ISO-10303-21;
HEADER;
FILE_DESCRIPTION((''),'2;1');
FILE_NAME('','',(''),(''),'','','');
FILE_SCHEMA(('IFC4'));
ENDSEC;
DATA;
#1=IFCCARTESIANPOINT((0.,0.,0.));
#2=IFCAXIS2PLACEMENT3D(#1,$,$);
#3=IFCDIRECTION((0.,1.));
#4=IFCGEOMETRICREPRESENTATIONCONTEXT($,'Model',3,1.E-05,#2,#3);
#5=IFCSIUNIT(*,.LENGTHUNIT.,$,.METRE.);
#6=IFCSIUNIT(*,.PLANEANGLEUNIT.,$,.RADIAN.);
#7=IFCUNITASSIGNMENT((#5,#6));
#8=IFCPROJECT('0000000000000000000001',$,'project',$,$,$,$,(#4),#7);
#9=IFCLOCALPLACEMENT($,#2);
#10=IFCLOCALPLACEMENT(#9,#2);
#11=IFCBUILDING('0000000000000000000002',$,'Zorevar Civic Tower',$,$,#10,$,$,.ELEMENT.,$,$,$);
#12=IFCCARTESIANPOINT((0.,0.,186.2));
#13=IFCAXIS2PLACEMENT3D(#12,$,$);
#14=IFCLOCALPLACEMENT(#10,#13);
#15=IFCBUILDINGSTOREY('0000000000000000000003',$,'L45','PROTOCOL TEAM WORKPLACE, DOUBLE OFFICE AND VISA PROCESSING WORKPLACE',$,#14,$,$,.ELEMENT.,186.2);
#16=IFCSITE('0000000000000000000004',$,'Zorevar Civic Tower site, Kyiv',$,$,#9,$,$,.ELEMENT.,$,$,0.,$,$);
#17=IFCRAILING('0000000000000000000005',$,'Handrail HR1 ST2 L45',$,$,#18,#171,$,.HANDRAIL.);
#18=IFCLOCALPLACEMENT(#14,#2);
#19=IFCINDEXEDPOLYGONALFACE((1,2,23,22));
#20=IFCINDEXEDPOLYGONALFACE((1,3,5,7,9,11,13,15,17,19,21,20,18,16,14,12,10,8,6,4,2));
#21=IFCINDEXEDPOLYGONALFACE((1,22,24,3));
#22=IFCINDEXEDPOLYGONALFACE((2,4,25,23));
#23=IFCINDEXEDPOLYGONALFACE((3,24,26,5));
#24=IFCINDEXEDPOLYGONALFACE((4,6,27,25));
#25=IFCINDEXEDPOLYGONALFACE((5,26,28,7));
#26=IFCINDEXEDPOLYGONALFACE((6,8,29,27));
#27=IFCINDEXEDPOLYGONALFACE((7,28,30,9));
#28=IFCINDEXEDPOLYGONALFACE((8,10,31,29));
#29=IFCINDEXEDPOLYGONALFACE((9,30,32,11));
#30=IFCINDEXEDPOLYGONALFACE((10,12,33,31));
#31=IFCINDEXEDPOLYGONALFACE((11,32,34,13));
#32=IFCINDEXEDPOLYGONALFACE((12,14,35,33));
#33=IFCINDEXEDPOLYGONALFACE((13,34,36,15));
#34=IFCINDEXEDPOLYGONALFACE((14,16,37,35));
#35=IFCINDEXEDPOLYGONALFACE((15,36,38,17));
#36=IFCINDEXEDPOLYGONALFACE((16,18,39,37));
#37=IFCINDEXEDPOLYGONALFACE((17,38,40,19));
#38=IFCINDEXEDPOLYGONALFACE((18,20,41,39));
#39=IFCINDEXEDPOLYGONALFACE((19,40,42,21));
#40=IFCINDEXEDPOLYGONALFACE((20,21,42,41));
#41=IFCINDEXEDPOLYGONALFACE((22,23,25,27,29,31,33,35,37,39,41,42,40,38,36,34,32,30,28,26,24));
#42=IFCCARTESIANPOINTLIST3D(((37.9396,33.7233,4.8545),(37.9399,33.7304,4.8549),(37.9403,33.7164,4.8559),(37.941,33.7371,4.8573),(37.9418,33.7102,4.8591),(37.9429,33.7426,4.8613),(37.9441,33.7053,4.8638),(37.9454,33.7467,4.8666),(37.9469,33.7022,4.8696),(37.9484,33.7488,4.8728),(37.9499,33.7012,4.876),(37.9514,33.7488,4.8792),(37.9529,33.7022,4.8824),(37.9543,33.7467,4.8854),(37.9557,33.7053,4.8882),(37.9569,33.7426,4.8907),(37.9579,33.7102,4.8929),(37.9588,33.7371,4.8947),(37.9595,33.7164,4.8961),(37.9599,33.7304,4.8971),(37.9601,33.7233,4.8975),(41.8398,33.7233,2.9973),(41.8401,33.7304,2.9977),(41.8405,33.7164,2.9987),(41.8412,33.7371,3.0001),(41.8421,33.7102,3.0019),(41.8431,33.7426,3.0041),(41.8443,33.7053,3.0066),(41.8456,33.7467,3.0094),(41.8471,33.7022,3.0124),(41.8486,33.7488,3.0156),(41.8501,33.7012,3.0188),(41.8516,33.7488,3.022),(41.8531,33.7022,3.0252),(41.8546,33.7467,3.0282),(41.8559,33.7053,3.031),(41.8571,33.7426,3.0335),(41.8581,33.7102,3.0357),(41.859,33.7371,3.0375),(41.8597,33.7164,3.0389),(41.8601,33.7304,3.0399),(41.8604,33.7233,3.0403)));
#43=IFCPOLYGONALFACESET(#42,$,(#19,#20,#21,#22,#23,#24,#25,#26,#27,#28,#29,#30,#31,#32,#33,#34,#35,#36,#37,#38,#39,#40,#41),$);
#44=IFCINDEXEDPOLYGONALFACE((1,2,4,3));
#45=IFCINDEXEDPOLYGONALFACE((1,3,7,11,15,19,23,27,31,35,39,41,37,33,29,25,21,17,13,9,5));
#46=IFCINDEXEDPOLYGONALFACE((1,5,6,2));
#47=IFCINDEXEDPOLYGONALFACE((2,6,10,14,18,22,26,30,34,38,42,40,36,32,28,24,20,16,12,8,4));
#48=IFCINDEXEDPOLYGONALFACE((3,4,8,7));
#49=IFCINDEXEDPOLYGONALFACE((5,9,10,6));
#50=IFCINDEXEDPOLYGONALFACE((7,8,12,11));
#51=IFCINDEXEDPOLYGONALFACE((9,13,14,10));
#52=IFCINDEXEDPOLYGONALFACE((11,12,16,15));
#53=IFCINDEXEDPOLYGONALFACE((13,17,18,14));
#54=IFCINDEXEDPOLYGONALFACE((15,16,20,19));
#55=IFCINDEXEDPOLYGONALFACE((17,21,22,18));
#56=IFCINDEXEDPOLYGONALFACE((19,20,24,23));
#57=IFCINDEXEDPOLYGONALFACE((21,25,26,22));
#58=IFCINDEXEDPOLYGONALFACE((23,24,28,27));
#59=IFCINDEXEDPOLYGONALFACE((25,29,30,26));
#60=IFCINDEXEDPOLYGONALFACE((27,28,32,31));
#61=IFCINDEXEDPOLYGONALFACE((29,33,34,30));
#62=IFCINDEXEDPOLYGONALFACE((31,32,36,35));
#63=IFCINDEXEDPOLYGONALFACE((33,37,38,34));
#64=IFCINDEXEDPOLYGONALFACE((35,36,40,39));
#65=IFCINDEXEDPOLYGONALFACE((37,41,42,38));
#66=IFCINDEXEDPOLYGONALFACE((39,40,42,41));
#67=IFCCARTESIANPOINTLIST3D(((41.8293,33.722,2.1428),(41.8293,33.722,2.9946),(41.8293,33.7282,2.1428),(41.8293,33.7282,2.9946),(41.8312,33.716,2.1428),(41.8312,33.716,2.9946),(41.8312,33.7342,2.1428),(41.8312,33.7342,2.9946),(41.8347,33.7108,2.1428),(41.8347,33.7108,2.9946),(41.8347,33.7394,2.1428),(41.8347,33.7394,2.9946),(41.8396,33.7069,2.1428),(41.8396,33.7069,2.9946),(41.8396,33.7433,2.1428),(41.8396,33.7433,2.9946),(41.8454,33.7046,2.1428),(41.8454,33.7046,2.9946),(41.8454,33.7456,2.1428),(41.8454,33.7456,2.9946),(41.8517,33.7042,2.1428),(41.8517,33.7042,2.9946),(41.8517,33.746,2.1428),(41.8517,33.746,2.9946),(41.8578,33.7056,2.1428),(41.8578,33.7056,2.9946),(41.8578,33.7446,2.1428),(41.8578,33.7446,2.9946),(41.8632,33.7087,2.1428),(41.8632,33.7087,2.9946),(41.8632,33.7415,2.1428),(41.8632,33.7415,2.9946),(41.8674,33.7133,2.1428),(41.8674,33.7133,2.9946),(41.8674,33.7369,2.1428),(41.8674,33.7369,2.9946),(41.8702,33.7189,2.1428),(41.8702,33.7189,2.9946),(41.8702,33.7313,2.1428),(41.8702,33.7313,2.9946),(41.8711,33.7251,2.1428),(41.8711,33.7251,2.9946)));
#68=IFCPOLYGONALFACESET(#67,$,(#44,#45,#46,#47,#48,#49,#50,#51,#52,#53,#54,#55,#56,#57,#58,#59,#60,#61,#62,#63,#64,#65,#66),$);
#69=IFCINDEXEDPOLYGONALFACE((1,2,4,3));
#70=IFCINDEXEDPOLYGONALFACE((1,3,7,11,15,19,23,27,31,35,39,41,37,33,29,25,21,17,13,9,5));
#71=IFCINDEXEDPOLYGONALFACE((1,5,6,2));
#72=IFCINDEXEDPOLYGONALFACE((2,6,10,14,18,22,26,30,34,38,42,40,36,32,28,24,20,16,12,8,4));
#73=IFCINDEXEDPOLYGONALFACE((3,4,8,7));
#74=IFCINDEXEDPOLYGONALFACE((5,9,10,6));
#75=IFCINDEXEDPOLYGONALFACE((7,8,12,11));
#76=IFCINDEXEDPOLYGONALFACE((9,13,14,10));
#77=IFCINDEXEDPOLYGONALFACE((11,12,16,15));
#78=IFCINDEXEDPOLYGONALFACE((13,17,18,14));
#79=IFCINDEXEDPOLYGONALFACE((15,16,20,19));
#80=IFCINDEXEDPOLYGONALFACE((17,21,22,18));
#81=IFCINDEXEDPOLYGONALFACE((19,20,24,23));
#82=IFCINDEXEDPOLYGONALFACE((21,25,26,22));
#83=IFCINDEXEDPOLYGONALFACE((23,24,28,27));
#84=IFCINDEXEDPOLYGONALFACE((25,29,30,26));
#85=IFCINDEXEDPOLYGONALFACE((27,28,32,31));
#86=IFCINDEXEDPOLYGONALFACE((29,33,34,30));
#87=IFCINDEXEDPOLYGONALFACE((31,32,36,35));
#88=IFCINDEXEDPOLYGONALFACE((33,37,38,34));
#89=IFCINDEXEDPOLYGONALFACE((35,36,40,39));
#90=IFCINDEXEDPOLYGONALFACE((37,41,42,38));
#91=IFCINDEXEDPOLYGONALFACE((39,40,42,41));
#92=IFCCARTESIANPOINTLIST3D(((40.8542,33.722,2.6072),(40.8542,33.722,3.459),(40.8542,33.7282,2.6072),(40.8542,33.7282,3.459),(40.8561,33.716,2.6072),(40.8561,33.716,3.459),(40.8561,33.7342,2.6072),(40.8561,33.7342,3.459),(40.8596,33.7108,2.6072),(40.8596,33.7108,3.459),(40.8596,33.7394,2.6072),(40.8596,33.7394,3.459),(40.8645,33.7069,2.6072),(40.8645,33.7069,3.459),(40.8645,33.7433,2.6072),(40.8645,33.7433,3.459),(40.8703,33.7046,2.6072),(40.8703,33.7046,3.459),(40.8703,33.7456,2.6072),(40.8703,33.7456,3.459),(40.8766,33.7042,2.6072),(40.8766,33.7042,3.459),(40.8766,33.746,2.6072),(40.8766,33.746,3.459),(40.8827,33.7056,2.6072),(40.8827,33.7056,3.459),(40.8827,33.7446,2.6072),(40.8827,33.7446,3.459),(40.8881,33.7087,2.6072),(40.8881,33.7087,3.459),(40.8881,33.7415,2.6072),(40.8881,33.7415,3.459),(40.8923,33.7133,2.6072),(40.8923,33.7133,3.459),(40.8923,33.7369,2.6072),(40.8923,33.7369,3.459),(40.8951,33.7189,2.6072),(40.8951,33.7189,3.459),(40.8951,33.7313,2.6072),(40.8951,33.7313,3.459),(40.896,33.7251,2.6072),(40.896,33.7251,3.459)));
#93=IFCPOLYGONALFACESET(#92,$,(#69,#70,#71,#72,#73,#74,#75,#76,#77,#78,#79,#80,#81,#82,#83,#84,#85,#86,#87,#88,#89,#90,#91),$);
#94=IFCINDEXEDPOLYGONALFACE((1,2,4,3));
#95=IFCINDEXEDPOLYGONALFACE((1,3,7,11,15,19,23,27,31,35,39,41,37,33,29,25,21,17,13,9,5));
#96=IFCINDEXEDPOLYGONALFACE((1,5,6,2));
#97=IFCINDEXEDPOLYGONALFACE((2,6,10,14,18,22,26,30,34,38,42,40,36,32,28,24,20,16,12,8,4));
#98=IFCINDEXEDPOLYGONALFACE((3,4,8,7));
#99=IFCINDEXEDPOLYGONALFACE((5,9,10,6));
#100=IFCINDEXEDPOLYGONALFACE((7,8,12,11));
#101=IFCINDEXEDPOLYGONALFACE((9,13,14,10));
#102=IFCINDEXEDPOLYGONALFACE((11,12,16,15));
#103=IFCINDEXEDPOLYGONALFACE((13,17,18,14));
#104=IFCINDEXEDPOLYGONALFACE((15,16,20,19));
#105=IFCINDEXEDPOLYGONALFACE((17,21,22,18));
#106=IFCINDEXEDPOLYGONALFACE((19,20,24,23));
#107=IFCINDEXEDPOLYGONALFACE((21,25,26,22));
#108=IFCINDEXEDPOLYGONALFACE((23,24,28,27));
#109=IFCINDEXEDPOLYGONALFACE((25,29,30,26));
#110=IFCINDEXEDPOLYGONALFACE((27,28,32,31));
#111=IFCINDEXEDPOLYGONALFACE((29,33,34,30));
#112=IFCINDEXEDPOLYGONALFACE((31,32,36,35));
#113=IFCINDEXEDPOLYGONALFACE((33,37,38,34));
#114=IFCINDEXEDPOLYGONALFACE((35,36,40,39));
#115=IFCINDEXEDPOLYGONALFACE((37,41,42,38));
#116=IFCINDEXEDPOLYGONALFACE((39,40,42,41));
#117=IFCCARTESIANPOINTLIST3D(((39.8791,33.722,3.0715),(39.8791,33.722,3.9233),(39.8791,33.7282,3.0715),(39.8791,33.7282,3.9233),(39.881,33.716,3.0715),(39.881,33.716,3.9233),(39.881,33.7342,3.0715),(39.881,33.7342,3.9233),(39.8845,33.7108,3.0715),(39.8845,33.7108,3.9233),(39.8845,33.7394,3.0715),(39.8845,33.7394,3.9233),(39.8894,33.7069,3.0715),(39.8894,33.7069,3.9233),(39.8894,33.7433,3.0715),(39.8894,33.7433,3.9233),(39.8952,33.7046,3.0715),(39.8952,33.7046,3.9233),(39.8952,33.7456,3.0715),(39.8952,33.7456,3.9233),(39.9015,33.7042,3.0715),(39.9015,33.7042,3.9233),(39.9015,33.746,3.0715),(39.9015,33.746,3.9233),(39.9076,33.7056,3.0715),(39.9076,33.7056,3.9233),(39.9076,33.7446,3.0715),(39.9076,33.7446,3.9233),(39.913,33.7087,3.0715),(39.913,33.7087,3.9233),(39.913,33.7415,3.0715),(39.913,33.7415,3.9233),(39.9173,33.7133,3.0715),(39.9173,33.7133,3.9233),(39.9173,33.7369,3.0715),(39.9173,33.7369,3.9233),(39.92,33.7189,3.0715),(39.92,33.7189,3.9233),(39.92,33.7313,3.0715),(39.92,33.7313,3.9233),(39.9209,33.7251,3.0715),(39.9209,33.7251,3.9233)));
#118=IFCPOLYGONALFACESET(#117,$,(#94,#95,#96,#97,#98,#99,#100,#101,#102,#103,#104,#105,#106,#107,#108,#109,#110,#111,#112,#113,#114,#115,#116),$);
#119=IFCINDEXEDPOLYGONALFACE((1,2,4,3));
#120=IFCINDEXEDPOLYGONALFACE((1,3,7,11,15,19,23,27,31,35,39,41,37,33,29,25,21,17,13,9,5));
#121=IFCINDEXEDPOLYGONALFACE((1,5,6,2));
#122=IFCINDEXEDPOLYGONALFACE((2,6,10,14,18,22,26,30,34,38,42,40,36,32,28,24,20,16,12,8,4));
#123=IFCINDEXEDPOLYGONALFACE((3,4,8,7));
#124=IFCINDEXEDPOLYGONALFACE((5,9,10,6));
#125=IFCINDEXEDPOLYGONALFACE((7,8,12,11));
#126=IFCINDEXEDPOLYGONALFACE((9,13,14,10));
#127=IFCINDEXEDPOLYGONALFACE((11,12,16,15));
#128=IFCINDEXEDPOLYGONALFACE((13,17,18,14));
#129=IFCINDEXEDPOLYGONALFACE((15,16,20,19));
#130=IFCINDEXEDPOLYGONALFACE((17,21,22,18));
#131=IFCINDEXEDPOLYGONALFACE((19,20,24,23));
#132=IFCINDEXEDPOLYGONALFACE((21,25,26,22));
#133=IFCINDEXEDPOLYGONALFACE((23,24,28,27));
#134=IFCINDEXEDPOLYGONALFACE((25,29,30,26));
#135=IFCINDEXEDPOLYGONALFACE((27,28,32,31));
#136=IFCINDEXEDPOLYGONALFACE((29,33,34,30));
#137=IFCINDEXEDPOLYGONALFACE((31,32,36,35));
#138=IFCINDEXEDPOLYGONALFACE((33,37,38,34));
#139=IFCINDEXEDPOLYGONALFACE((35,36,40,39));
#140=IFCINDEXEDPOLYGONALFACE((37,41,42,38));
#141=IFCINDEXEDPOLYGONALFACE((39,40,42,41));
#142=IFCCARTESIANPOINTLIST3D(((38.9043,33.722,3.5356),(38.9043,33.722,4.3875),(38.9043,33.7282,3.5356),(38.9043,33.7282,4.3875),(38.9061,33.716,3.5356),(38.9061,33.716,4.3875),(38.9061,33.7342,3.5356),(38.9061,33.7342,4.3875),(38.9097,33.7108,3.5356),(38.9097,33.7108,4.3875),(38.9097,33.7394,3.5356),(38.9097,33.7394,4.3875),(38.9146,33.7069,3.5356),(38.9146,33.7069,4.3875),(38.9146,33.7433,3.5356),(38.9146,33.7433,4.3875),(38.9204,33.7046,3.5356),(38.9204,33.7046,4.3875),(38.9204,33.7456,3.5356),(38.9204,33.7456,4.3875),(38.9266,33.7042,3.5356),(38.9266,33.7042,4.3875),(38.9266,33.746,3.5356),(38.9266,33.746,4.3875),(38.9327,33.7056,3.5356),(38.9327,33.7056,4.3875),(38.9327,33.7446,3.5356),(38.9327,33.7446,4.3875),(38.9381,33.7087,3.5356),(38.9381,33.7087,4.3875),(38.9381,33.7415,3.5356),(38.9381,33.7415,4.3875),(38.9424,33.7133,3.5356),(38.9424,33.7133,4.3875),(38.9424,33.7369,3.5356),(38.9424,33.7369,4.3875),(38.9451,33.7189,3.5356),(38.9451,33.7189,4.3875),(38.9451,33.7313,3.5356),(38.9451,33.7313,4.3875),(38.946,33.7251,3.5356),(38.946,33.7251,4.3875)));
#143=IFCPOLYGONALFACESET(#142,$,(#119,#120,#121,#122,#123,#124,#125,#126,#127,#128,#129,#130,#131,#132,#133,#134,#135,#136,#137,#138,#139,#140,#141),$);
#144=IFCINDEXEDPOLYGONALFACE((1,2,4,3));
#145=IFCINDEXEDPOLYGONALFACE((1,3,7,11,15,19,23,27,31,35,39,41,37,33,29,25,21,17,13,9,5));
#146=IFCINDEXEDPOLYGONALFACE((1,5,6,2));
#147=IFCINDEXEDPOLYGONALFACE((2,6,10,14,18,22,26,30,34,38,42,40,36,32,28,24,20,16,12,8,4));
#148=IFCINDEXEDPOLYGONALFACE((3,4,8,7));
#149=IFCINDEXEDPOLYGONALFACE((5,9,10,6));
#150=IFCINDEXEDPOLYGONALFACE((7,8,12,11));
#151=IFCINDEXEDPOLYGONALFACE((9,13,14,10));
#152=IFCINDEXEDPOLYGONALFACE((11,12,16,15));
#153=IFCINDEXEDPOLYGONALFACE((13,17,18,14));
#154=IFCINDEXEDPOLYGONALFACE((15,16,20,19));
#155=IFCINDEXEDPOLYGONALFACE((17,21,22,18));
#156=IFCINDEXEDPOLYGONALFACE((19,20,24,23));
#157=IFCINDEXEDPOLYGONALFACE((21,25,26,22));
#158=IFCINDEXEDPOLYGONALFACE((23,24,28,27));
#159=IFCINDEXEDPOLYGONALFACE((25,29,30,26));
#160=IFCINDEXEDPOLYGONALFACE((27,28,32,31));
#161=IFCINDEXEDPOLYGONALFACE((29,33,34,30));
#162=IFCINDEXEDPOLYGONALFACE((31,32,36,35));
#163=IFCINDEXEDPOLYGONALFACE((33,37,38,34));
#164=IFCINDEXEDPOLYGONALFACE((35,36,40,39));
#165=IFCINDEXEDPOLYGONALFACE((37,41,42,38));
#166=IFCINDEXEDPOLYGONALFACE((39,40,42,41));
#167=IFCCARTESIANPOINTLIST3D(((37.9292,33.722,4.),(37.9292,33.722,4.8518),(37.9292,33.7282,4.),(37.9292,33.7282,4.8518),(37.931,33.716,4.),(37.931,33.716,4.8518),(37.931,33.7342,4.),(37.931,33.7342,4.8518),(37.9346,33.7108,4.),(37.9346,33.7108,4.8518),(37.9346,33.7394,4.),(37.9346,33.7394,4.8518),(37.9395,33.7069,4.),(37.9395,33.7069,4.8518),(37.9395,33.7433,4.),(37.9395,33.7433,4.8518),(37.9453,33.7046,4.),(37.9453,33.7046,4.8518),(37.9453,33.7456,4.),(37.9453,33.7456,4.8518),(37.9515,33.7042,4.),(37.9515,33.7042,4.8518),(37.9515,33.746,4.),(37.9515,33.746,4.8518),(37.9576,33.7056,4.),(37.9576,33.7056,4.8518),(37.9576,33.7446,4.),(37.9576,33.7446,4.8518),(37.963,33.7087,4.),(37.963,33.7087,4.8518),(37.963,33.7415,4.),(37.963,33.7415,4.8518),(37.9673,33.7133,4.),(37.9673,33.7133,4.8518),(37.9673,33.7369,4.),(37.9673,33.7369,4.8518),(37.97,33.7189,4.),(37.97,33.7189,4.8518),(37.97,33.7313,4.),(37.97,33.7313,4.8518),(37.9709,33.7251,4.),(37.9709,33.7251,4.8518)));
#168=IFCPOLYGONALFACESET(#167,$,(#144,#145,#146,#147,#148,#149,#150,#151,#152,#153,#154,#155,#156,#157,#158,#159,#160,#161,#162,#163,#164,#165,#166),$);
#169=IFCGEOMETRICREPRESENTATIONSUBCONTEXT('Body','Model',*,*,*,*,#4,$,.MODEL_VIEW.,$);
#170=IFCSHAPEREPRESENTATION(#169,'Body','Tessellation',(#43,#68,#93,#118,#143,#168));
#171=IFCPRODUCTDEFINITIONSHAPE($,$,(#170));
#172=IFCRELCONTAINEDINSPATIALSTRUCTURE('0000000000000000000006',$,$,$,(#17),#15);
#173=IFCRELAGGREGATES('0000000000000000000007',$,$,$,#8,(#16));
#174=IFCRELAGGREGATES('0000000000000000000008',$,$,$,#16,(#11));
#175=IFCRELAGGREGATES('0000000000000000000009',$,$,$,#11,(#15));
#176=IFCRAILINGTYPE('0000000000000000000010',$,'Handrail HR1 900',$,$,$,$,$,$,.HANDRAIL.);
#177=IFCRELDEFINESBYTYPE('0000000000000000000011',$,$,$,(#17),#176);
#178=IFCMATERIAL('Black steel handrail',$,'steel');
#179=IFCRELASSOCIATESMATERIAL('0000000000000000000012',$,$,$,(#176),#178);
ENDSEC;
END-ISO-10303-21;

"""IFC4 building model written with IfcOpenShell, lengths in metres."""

from ifc_helpers import new_model, si_unit, direction, frame, origin, origin_2d, place, context, subcontext, project, spatial, circle, extrude, material, type_object, element, save


model = new_model("IFC4")

# Units and contexts
model_context = context("Model", 3, precision=1e-05, world=origin(), true_north=direction((0.0, 1.0)))
body_context = subcontext(model_context, "Body", "Model", "MODEL_VIEW")
ifc_project = project(units=[si_unit("LENGTHUNIT", "METRE"), si_unit("PLANEANGLEUNIT", "RADIAN")], contexts=[model_context])

# Site, building, storey
site_placement = place(None, origin())
site = spatial("IfcSite", under=ifc_project, at=site_placement, Name="Zorevar Civic Tower site, Kyiv", CompositionType="ELEMENT", RefElevation=0.0)
building_placement = place(site_placement, origin())
building = spatial("IfcBuilding", under=site, at=building_placement, Name="Zorevar Civic Tower", CompositionType="ELEMENT")
storey_placement = place(building_placement, frame((0.0, 0.0, 186.2)))
storey = spatial("IfcBuildingStorey", under=building, at=storey_placement, Name="L45", Description="PROTOCOL TEAM WORKPLACE, DOUBLE OFFICE AND VISA PROCESSING WORKPLACE", CompositionType="ELEMENT", Elevation=186.2)

# Railing
ifc_material_1 = material(Name="Black steel handrail", Category="steel")
railing_type = type_object("IfcRailingType", Name="Handrail HR1 900", PredefinedType="HANDRAIL", material=ifc_material_1)
railing_1_placement = place(storey_placement, frame((41.8501, 33.7251, 2.1428)))
element("IfcRailing", 1, at=railing_1_placement, inside=storey, type_object=railing_type, Name="Handrail HR1 ST2 L45", PredefinedType="HANDRAIL", context=body_context, shape_type="SweptSolid", body=[
    extrude(circle(Radius=0.0239, at=origin_2d()), frame((0.0, 0.0, 0.876), z_axis=(-0.902864, 0.0, 0.429927), x_axis=(0.0, -1.0, 0.0)), (0.0, 0.0, 1.0), 4.3198),
    extrude(circle(Radius=0.021, at=origin_2d()), origin(), (0.0, 0.0, 1.0), 0.8518),
    extrude(circle(Radius=0.021, at=origin_2d()), frame((-0.9751, 0.0, 0.4644)), (0.0, 0.0, 1.0), 0.8518),
    extrude(circle(Radius=0.021, at=origin_2d()), frame((-1.9502, 0.0, 0.9287)), (0.0, 0.0, 1.0), 0.8518),
    extrude(circle(Radius=0.021, at=origin_2d()), frame((-2.925, 0.0, 1.3928)), (0.0, 0.0, 1.0), 0.8518),
    extrude(circle(Radius=0.021, at=origin_2d()), frame((-3.9001, 0.0, 1.8572)), (0.0, 0.0, 1.0), 0.8518),
])

save(model, "model.ifc")
